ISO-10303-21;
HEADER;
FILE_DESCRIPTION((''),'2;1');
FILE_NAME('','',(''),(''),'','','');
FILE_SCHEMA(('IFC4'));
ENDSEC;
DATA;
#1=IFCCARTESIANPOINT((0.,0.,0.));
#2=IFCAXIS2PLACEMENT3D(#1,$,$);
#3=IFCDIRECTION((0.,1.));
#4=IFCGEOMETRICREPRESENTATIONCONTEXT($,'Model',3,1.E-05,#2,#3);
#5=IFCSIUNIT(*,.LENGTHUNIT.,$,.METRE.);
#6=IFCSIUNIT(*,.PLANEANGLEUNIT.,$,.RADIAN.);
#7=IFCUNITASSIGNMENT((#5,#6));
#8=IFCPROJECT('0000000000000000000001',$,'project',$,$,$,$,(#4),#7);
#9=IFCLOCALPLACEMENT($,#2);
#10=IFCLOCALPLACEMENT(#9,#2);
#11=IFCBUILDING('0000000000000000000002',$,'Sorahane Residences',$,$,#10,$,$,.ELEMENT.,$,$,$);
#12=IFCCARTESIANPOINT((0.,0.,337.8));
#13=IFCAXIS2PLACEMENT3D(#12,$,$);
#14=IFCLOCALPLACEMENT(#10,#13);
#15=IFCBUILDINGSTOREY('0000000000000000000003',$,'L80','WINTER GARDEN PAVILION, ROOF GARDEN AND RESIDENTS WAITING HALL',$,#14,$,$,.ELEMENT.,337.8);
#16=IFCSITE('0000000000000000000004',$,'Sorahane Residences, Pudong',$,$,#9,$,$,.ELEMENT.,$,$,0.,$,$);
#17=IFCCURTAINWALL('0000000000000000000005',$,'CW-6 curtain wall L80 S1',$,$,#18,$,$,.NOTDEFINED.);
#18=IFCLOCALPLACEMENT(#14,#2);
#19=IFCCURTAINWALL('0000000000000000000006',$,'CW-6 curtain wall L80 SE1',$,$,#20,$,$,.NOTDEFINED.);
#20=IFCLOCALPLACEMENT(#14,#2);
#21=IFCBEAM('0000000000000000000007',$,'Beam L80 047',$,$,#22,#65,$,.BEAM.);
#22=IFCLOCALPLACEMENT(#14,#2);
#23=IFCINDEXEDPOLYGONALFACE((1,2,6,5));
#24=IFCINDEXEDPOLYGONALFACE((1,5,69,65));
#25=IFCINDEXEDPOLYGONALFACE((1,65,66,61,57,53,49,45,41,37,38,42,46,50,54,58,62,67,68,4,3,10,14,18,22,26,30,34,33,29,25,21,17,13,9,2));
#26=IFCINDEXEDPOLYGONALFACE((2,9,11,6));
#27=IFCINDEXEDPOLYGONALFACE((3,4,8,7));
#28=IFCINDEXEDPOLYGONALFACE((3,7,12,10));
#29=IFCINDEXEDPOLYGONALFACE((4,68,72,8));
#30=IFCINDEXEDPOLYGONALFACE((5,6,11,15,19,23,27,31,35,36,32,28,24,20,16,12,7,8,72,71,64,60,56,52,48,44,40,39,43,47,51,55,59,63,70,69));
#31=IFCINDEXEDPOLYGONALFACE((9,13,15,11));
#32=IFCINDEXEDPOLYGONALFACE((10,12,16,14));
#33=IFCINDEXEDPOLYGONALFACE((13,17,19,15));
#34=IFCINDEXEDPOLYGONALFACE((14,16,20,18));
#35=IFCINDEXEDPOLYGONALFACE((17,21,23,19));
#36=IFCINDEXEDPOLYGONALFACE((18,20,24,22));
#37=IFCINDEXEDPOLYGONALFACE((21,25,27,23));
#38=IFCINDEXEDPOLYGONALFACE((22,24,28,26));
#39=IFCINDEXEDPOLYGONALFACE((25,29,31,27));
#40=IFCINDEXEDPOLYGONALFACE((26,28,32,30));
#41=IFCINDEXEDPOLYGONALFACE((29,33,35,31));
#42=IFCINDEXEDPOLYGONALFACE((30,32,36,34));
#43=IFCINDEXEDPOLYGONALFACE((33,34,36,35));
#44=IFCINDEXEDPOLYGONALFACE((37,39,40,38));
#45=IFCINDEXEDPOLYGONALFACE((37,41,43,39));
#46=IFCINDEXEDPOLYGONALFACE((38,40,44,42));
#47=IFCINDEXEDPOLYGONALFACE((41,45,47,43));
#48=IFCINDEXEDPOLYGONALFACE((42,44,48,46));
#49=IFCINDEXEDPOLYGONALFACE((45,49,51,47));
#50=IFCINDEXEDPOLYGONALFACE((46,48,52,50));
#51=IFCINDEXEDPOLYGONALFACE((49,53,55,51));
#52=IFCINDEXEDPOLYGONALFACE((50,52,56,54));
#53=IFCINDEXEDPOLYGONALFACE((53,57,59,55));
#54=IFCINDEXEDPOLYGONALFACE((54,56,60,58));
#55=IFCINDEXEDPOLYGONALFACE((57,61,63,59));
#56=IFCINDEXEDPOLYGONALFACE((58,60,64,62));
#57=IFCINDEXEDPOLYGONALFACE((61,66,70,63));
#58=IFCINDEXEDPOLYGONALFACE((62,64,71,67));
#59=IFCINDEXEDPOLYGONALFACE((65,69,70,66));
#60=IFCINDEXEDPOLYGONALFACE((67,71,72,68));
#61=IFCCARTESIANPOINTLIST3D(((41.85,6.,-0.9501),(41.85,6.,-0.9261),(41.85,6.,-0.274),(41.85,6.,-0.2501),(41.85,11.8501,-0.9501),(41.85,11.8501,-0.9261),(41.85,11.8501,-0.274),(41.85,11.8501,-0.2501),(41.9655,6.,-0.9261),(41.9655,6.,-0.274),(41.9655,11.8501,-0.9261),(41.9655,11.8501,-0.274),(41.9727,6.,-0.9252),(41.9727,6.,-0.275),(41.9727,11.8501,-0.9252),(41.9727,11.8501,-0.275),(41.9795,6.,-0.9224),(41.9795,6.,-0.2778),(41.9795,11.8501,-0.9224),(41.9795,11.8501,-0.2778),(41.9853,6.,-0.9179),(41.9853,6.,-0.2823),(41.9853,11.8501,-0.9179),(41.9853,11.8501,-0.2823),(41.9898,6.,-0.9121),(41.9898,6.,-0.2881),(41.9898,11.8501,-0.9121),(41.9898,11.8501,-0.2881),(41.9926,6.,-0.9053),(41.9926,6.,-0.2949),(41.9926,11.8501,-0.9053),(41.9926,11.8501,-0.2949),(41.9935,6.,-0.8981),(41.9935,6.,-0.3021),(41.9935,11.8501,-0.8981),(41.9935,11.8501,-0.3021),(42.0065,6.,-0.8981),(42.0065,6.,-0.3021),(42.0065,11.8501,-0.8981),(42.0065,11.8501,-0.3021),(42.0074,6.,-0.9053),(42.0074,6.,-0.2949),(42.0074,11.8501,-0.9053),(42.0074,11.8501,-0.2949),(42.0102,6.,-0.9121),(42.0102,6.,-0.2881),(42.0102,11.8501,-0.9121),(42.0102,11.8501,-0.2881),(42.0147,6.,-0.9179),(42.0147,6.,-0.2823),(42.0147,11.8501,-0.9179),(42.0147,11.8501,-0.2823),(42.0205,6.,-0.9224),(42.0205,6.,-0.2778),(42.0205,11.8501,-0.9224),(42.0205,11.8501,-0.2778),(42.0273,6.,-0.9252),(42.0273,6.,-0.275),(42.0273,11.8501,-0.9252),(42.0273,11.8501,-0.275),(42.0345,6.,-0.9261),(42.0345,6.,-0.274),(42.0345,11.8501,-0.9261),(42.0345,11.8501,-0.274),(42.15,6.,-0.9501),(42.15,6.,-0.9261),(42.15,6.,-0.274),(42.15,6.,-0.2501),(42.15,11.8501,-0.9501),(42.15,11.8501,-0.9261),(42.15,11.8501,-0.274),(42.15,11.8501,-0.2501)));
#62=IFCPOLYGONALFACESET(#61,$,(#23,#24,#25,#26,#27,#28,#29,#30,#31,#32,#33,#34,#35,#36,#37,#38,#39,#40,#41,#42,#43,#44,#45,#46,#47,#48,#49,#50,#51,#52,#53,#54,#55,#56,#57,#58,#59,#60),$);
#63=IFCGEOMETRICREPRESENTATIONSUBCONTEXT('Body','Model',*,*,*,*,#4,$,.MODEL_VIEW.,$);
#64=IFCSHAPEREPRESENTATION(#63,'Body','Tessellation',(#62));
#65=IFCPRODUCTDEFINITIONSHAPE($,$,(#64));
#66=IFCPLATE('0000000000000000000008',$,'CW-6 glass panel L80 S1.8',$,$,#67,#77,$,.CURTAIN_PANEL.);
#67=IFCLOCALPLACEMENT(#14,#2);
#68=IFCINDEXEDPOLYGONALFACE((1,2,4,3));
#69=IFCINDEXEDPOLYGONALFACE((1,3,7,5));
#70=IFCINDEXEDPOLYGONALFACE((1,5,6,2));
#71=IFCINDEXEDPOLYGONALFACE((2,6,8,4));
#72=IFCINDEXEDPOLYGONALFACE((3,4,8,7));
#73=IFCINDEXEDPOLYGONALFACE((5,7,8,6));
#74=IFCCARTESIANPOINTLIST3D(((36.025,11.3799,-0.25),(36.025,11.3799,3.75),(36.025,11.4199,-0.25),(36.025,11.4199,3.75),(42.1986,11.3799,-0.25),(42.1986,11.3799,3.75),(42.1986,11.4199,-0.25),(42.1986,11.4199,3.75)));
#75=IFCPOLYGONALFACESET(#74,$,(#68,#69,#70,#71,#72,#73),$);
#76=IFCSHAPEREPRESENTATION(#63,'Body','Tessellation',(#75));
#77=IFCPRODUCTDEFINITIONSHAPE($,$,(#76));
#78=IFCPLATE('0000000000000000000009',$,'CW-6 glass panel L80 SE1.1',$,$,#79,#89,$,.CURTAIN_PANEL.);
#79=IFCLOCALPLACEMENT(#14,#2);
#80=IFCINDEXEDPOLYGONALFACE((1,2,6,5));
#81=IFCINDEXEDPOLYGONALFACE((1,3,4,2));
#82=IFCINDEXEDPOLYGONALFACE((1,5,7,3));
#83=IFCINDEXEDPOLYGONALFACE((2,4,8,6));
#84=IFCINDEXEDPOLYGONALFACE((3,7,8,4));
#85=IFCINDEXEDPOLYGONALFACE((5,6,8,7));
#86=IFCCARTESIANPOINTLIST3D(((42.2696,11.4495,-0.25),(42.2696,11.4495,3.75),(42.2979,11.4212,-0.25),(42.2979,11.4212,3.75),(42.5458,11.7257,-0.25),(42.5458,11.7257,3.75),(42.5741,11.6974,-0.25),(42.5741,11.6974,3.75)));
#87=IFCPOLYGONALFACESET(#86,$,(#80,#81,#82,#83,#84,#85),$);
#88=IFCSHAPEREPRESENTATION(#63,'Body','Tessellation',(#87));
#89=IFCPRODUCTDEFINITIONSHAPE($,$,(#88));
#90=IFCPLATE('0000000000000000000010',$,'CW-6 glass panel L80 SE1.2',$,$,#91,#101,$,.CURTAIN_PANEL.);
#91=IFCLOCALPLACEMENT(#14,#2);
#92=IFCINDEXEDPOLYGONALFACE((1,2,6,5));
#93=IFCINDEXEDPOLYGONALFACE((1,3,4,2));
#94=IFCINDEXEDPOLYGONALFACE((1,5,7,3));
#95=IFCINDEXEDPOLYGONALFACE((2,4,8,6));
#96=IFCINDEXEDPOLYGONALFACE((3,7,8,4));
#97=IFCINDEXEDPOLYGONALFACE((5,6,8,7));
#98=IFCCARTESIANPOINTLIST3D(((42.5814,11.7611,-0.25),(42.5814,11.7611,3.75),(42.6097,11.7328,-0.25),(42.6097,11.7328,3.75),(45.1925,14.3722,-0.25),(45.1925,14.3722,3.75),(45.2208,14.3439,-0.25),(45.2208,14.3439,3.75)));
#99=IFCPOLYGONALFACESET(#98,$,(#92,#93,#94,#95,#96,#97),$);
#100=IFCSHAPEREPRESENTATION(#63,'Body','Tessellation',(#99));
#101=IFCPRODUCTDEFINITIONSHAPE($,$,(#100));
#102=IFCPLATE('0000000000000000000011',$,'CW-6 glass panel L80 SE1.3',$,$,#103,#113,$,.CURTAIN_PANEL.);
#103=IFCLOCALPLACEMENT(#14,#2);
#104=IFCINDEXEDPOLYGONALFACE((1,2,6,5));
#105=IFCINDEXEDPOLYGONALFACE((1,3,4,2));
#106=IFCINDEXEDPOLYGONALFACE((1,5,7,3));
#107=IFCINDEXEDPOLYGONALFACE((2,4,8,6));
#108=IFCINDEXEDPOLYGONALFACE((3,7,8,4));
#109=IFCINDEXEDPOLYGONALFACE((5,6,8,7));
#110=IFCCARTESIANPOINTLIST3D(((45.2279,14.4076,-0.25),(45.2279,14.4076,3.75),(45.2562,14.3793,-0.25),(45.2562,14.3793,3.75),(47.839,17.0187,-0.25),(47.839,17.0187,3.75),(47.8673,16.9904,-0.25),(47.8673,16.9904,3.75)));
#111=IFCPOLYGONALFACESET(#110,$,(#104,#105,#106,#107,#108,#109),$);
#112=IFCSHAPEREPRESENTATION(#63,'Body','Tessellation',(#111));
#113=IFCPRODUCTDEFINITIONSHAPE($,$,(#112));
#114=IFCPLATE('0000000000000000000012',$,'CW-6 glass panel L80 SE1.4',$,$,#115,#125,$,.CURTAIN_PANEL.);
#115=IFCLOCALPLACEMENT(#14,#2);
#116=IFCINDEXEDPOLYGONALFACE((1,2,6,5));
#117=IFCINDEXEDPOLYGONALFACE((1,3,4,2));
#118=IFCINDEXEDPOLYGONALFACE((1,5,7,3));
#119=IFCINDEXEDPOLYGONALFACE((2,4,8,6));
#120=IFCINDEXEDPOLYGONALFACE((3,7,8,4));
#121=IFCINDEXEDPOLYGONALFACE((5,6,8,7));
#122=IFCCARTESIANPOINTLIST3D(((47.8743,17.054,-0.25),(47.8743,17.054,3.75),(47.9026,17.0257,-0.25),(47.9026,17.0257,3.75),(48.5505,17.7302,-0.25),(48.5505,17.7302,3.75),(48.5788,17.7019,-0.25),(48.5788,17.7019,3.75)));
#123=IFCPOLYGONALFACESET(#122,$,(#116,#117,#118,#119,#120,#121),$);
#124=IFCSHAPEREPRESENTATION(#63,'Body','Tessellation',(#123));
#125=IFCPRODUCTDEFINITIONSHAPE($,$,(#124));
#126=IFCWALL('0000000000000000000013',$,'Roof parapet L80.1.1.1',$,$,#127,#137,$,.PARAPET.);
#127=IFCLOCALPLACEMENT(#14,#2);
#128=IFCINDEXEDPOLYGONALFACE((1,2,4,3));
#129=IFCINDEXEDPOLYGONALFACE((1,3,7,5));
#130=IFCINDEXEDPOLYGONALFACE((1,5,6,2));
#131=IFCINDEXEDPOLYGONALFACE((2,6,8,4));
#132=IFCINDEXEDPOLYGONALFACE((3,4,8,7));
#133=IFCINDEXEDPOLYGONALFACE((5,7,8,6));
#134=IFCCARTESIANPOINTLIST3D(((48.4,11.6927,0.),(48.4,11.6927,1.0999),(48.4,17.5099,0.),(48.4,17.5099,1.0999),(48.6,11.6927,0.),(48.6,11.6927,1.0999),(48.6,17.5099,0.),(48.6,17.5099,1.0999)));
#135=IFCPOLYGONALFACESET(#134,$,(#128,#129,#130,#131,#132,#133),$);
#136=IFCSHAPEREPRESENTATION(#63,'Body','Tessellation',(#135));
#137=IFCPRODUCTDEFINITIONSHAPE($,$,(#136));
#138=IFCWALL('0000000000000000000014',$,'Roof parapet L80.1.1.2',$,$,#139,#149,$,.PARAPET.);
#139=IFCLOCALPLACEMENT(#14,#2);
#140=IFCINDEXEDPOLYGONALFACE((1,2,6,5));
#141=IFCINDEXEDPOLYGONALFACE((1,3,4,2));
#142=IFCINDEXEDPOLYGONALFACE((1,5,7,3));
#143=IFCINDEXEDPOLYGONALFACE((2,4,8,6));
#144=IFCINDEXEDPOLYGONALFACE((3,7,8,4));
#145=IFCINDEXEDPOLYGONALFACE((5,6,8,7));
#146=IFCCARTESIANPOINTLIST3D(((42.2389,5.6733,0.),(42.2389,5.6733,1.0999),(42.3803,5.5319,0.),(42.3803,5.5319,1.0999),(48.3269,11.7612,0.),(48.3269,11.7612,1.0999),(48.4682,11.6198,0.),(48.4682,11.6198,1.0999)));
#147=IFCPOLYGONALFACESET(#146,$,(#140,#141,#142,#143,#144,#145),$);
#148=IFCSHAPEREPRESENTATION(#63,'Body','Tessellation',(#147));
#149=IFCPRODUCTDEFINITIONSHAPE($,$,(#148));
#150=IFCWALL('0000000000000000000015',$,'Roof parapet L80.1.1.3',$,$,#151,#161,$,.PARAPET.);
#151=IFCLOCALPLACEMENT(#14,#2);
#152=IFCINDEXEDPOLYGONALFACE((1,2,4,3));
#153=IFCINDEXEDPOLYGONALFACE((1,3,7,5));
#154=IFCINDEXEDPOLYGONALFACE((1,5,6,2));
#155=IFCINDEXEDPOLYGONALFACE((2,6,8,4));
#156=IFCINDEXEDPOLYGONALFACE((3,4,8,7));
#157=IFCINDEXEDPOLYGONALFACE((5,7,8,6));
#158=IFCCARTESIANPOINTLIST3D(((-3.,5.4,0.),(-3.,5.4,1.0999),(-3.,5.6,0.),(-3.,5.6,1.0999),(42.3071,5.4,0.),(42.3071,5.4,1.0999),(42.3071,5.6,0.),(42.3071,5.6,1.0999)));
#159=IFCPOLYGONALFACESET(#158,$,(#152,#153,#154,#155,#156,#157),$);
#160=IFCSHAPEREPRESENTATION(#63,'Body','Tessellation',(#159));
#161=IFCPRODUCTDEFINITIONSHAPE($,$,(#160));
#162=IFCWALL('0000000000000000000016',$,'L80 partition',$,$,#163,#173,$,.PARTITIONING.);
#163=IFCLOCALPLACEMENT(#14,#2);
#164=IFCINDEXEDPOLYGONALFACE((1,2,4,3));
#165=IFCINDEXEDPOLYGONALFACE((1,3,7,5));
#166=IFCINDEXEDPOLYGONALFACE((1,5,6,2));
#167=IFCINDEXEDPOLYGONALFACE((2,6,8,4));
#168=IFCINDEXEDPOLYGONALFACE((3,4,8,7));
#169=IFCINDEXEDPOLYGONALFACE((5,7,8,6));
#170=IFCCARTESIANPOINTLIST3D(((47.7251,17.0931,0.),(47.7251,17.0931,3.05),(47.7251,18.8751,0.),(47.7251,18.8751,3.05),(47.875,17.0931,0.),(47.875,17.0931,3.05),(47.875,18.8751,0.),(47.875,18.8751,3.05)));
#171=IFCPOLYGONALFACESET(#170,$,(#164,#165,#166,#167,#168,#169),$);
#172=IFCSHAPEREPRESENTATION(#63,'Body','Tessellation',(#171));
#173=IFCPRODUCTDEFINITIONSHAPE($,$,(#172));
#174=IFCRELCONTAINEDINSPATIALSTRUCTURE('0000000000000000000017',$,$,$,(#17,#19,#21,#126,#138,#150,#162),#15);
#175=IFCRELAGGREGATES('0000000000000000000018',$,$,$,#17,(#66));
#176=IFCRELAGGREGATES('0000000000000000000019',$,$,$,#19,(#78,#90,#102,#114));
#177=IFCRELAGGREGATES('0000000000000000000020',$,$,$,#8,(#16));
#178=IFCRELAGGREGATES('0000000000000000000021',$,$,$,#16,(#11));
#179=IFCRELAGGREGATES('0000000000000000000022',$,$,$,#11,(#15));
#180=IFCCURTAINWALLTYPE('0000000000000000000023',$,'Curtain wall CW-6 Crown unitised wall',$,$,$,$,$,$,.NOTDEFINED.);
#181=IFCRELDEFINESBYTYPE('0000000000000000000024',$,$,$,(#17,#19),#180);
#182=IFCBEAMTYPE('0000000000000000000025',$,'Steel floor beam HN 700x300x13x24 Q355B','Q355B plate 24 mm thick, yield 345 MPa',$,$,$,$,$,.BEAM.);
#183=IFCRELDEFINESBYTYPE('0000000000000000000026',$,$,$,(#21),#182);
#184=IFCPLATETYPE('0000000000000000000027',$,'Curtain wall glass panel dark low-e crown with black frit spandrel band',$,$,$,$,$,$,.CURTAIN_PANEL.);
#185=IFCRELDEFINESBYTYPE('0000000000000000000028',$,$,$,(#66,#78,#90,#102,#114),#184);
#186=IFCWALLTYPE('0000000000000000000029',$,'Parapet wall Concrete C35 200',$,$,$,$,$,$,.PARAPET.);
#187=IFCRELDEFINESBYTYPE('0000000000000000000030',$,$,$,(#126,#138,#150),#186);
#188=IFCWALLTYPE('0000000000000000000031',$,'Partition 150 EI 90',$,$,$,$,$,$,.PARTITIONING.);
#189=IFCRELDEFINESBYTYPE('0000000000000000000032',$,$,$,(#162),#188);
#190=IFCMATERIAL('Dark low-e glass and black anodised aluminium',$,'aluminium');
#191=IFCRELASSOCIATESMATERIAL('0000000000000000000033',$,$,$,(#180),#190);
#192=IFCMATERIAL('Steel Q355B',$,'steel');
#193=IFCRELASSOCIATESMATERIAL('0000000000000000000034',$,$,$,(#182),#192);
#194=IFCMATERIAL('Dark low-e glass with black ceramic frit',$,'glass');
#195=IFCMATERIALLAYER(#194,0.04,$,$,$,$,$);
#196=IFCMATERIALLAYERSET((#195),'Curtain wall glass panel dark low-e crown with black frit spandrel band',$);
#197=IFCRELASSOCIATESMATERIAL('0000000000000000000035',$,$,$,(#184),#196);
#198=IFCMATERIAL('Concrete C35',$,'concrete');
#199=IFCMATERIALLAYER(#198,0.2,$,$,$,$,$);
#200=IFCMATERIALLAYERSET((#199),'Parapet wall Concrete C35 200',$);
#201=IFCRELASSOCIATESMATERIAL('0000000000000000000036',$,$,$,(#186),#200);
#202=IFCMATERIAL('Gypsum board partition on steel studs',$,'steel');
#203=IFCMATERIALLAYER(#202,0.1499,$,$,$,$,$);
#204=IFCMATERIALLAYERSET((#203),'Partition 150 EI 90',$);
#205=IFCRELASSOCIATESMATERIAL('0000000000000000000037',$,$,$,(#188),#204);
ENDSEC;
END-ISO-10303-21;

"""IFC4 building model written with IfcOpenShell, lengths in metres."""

from ifc_helpers import new_model, si_unit, direction, frame, frame_2d, origin, origin_2d, place, context, subcontext, project, spatial, rectangle, i_section, extrude, material, layer, layer_set, material_profile, profile_set, type_object, element, aggregate, save


model = new_model("IFC4")

# Units and contexts
model_context = context("Model", 3, precision=1e-05, world=origin(), true_north=direction((0.0, 1.0)))
body_context = subcontext(model_context, "Body", "Model", "MODEL_VIEW")
ifc_project = project(units=[si_unit("LENGTHUNIT", "METRE"), si_unit("PLANEANGLEUNIT", "RADIAN")], contexts=[model_context])

# Site, building, storey
site_placement = place(None, origin())
site = spatial("IfcSite", under=ifc_project, at=site_placement, Name="Sorahane Residences, Pudong", CompositionType="ELEMENT", RefElevation=0.0)
building_placement = place(site_placement, origin())
building = spatial("IfcBuilding", under=site, at=building_placement, Name="Sorahane Residences", CompositionType="ELEMENT")
storey_placement = place(building_placement, frame((0.0, 0.0, 337.8)))
storey = spatial("IfcBuildingStorey", under=building, at=storey_placement, Name="L80", Description="WINTER GARDEN PAVILION, ROOF GARDEN AND RESIDENTS WAITING HALL", CompositionType="ELEMENT", Elevation=337.8)

# Curtain wall
ifc_material_1 = material(Name="Dark low-e glass and black anodised aluminium", Category="aluminium")
curtain_wall_type = type_object("IfcCurtainWallType", Name="Curtain wall CW-6 Crown unitised wall", PredefinedType="NOTDEFINED", material=ifc_material_1)
curtain_wall_1_placement = place(storey_placement, origin())
curtain_wall_1 = element("IfcCurtainWall", 1, at=curtain_wall_1_placement, inside=storey, type_object=curtain_wall_type, Name="CW-6 curtain wall L80 S1", PredefinedType="NOTDEFINED")

# Curtain wall
curtain_wall_2_placement = place(storey_placement, origin())
curtain_wall_2 = element("IfcCurtainWall", 2, at=curtain_wall_2_placement, inside=storey, type_object=curtain_wall_type, Name="CW-6 curtain wall L80 SE1", PredefinedType="NOTDEFINED")

# Beam
ifc_material_2 = material(Name="Steel Q355B", Category="steel")
ifc_material_profile_1 = material_profile(ifc_material_2, i_section(OverallWidth=0.3, OverallDepth=0.7, WebThickness=0.0129, FlangeThickness=0.0239, FilletRadius=0.0281, at=origin_2d()), Name="HN 700x300x13x24")
ifc_profile_set_1 = profile_set([ifc_material_profile_1], Name="Steel Q355B")
beam_type = type_object("IfcBeamType", Name="Steel floor beam HN 700x300x13x24 Q355B", Description="Q355B plate 24 mm thick, yield 345 MPa", PredefinedType="BEAM", material=ifc_profile_set_1)
beam_1_placement = place(storey_placement, frame((42.0, 6.0, -0.6001), z_axis=(0.0, 1.0, 0.0), x_axis=(-1.0, 0.0, 0.0)))
element("IfcBeam", 3, at=beam_1_placement, inside=storey, type_object=beam_type, Name="Beam L80 047", PredefinedType="BEAM", context=body_context, shape_type="SweptSolid", body=[
    extrude(i_section(OverallWidth=0.3, OverallDepth=0.7, WebThickness=0.0129, FlangeThickness=0.0239, FilletRadius=0.0281, at=origin_2d()), origin(), (0.0, 0.0, 1.0), 5.8501),
])

# Plates
ifc_material_3 = material(Name="Dark low-e glass with black ceramic frit", Category="glass")
ifc_layer_1 = layer(ifc_material_3, 0.04)
ifc_layer_set_1 = layer_set([ifc_layer_1], Name="Curtain wall glass panel dark low-e crown with black frit spandrel band")
plate_type = type_object("IfcPlateType", Name="Curtain wall glass panel dark low-e crown with black frit spandrel band", PredefinedType="CURTAIN_PANEL", material=ifc_layer_set_1)
plate_1_placement = place(storey_placement, frame((39.1118, 11.3999, -0.25), z_axis=(0.0, 0.0, 1.0), x_axis=(1.0, 0.0, 0.0)))
plate_1 = element("IfcPlate", 4, at=plate_1_placement, type_object=plate_type, Name="CW-6 glass panel L80 S1.8", PredefinedType="CURTAIN_PANEL", context=body_context, shape_type="SweptSolid", body=[
    extrude(rectangle(XDim=6.1736, YDim=0.04, at=origin_2d()), origin(), (0.0, 0.0, 1.0), 4.0),
])
aggregate(curtain_wall_1, [plate_1])
plate_2_placement = place(storey_placement, frame((42.4219, 11.5735, -0.25), z_axis=(0.0, 0.0, 1.0), x_axis=(0.707107, 0.707107, 0.0)))
plate_2 = element("IfcPlate", 5, at=plate_2_placement, type_object=plate_type, Name="CW-6 glass panel L80 SE1.1", PredefinedType="CURTAIN_PANEL", context=body_context, shape_type="SweptSolid", body=[
    extrude(rectangle(XDim=0.3906, YDim=0.04, at=origin_2d()), origin(), (0.0, 0.0, 1.0), 4.0),
])
plate_3_placement = place(storey_placement, frame((43.9011, 13.0525, -0.25), z_axis=(0.0, 0.0, 1.0), x_axis=(0.707107, 0.707107, 0.0)))
plate_3 = element("IfcPlate", 6, at=plate_3_placement, type_object=plate_type, Name="CW-6 glass panel L80 SE1.2", PredefinedType="CURTAIN_PANEL", context=body_context, shape_type="SweptSolid", body=[
    extrude(rectangle(XDim=3.6926, YDim=0.04, at=origin_2d()), origin(), (0.0, 0.0, 1.0), 4.0),
])
plate_4_placement = place(storey_placement, frame((46.5476, 15.699, -0.25), z_axis=(0.0, 0.0, 1.0), x_axis=(0.707107, 0.707107, 0.0)))
plate_4 = element("IfcPlate", 7, at=plate_4_placement, type_object=plate_type, Name="CW-6 glass panel L80 SE1.3", PredefinedType="CURTAIN_PANEL", context=body_context, shape_type="SweptSolid", body=[
    extrude(rectangle(XDim=3.6926, YDim=0.04, at=origin_2d()), origin(), (0.0, 0.0, 1.0), 4.0),
])
plate_5_placement = place(storey_placement, frame((48.2266, 17.3779, -0.25), z_axis=(0.0, 0.0, 1.0), x_axis=(0.707107, 0.707107, 0.0)))
plate_5 = element("IfcPlate", 8, at=plate_5_placement, type_object=plate_type, Name="CW-6 glass panel L80 SE1.4", PredefinedType="CURTAIN_PANEL", context=body_context, shape_type="SweptSolid", body=[
    extrude(rectangle(XDim=0.9563, YDim=0.04, at=origin_2d()), origin(), (0.0, 0.0, 1.0), 4.0),
])
aggregate(curtain_wall_2, [plate_2, plate_3, plate_4, plate_5])

# Walls
ifc_material_4 = material(Name="Concrete C35", Category="concrete")
ifc_layer_2 = layer(ifc_material_4, 0.2)
ifc_layer_set_2 = layer_set([ifc_layer_2], Name="Parapet wall Concrete C35 200")
wall_type_1 = type_object("IfcWallType", Name="Parapet wall Concrete C35 200", PredefinedType="PARAPET", material=ifc_layer_set_2)
wall_1_placement = place(storey_placement, frame((48.5, 17.51, 0.0), z_axis=(0.0, 0.0, 1.0), x_axis=(0.0, -1.0, 0.0)))
element("IfcWall", 9, at=wall_1_placement, inside=storey, type_object=wall_type_1, Name="Roof parapet L80.1.1.1", PredefinedType="PARAPET", context=body_context, shape_type="SweptSolid", body=[
    extrude(rectangle(XDim=5.8171, YDim=0.2, at=frame_2d((2.9087, 0.0))), origin(), (0.0, 0.0, 1.0), 1.0999),
])
wall_2_placement = place(storey_placement, frame((48.3975, 11.6904, 0.0), z_axis=(0.0, 0.0, 1.0), x_axis=(-0.707107, -0.707107, 0.0)))
element("IfcWall", 10, at=wall_2_placement, inside=storey, type_object=wall_type_1, Name="Roof parapet L80.1.1.2", PredefinedType="PARAPET", context=body_context, shape_type="SweptSolid", body=[
    extrude(rectangle(XDim=8.6096, YDim=0.2, at=frame_2d((4.3047, 0.0))), origin(), (0.0, 0.0, 1.0), 1.0999),
])
wall_3_placement = place(storey_placement, frame((42.3071, 5.5, 0.0), z_axis=(0.0, 0.0, 1.0), x_axis=(-1.0, 0.0, 0.0)))
element("IfcWall", 11, at=wall_3_placement, inside=storey, type_object=wall_type_1, Name="Roof parapet L80.1.1.3", PredefinedType="PARAPET", context=body_context, shape_type="SweptSolid", body=[
    extrude(rectangle(XDim=45.3071, YDim=0.2, at=frame_2d((22.6536, 0.0))), origin(), (0.0, 0.0, 1.0), 1.0999),
])
ifc_material_5 = material(Name="Gypsum board partition on steel studs", Category="steel")
ifc_layer_3 = layer(ifc_material_5, 0.1499)
ifc_layer_set_3 = layer_set([ifc_layer_3], Name="Partition 150 EI 90")
wall_type_2 = type_object("IfcWallType", Name="Partition 150 EI 90", PredefinedType="PARTITIONING", material=ifc_layer_set_3)
wall_4_placement = place(storey_placement, frame((47.8, 17.093, 0.0), z_axis=(0.0, 0.0, 1.0), x_axis=(0.0, 1.0, 0.0)))
element("IfcWall", 12, at=wall_4_placement, inside=storey, type_object=wall_type_2, Name="L80 partition", PredefinedType="PARTITIONING", context=body_context, shape_type="SweptSolid", body=[
    extrude(rectangle(XDim=1.782, YDim=0.1499, at=frame_2d((0.8911, 0.0))), origin(), (0.0, 0.0, 1.0), 3.05),
])

save(model, "model.ifc")
